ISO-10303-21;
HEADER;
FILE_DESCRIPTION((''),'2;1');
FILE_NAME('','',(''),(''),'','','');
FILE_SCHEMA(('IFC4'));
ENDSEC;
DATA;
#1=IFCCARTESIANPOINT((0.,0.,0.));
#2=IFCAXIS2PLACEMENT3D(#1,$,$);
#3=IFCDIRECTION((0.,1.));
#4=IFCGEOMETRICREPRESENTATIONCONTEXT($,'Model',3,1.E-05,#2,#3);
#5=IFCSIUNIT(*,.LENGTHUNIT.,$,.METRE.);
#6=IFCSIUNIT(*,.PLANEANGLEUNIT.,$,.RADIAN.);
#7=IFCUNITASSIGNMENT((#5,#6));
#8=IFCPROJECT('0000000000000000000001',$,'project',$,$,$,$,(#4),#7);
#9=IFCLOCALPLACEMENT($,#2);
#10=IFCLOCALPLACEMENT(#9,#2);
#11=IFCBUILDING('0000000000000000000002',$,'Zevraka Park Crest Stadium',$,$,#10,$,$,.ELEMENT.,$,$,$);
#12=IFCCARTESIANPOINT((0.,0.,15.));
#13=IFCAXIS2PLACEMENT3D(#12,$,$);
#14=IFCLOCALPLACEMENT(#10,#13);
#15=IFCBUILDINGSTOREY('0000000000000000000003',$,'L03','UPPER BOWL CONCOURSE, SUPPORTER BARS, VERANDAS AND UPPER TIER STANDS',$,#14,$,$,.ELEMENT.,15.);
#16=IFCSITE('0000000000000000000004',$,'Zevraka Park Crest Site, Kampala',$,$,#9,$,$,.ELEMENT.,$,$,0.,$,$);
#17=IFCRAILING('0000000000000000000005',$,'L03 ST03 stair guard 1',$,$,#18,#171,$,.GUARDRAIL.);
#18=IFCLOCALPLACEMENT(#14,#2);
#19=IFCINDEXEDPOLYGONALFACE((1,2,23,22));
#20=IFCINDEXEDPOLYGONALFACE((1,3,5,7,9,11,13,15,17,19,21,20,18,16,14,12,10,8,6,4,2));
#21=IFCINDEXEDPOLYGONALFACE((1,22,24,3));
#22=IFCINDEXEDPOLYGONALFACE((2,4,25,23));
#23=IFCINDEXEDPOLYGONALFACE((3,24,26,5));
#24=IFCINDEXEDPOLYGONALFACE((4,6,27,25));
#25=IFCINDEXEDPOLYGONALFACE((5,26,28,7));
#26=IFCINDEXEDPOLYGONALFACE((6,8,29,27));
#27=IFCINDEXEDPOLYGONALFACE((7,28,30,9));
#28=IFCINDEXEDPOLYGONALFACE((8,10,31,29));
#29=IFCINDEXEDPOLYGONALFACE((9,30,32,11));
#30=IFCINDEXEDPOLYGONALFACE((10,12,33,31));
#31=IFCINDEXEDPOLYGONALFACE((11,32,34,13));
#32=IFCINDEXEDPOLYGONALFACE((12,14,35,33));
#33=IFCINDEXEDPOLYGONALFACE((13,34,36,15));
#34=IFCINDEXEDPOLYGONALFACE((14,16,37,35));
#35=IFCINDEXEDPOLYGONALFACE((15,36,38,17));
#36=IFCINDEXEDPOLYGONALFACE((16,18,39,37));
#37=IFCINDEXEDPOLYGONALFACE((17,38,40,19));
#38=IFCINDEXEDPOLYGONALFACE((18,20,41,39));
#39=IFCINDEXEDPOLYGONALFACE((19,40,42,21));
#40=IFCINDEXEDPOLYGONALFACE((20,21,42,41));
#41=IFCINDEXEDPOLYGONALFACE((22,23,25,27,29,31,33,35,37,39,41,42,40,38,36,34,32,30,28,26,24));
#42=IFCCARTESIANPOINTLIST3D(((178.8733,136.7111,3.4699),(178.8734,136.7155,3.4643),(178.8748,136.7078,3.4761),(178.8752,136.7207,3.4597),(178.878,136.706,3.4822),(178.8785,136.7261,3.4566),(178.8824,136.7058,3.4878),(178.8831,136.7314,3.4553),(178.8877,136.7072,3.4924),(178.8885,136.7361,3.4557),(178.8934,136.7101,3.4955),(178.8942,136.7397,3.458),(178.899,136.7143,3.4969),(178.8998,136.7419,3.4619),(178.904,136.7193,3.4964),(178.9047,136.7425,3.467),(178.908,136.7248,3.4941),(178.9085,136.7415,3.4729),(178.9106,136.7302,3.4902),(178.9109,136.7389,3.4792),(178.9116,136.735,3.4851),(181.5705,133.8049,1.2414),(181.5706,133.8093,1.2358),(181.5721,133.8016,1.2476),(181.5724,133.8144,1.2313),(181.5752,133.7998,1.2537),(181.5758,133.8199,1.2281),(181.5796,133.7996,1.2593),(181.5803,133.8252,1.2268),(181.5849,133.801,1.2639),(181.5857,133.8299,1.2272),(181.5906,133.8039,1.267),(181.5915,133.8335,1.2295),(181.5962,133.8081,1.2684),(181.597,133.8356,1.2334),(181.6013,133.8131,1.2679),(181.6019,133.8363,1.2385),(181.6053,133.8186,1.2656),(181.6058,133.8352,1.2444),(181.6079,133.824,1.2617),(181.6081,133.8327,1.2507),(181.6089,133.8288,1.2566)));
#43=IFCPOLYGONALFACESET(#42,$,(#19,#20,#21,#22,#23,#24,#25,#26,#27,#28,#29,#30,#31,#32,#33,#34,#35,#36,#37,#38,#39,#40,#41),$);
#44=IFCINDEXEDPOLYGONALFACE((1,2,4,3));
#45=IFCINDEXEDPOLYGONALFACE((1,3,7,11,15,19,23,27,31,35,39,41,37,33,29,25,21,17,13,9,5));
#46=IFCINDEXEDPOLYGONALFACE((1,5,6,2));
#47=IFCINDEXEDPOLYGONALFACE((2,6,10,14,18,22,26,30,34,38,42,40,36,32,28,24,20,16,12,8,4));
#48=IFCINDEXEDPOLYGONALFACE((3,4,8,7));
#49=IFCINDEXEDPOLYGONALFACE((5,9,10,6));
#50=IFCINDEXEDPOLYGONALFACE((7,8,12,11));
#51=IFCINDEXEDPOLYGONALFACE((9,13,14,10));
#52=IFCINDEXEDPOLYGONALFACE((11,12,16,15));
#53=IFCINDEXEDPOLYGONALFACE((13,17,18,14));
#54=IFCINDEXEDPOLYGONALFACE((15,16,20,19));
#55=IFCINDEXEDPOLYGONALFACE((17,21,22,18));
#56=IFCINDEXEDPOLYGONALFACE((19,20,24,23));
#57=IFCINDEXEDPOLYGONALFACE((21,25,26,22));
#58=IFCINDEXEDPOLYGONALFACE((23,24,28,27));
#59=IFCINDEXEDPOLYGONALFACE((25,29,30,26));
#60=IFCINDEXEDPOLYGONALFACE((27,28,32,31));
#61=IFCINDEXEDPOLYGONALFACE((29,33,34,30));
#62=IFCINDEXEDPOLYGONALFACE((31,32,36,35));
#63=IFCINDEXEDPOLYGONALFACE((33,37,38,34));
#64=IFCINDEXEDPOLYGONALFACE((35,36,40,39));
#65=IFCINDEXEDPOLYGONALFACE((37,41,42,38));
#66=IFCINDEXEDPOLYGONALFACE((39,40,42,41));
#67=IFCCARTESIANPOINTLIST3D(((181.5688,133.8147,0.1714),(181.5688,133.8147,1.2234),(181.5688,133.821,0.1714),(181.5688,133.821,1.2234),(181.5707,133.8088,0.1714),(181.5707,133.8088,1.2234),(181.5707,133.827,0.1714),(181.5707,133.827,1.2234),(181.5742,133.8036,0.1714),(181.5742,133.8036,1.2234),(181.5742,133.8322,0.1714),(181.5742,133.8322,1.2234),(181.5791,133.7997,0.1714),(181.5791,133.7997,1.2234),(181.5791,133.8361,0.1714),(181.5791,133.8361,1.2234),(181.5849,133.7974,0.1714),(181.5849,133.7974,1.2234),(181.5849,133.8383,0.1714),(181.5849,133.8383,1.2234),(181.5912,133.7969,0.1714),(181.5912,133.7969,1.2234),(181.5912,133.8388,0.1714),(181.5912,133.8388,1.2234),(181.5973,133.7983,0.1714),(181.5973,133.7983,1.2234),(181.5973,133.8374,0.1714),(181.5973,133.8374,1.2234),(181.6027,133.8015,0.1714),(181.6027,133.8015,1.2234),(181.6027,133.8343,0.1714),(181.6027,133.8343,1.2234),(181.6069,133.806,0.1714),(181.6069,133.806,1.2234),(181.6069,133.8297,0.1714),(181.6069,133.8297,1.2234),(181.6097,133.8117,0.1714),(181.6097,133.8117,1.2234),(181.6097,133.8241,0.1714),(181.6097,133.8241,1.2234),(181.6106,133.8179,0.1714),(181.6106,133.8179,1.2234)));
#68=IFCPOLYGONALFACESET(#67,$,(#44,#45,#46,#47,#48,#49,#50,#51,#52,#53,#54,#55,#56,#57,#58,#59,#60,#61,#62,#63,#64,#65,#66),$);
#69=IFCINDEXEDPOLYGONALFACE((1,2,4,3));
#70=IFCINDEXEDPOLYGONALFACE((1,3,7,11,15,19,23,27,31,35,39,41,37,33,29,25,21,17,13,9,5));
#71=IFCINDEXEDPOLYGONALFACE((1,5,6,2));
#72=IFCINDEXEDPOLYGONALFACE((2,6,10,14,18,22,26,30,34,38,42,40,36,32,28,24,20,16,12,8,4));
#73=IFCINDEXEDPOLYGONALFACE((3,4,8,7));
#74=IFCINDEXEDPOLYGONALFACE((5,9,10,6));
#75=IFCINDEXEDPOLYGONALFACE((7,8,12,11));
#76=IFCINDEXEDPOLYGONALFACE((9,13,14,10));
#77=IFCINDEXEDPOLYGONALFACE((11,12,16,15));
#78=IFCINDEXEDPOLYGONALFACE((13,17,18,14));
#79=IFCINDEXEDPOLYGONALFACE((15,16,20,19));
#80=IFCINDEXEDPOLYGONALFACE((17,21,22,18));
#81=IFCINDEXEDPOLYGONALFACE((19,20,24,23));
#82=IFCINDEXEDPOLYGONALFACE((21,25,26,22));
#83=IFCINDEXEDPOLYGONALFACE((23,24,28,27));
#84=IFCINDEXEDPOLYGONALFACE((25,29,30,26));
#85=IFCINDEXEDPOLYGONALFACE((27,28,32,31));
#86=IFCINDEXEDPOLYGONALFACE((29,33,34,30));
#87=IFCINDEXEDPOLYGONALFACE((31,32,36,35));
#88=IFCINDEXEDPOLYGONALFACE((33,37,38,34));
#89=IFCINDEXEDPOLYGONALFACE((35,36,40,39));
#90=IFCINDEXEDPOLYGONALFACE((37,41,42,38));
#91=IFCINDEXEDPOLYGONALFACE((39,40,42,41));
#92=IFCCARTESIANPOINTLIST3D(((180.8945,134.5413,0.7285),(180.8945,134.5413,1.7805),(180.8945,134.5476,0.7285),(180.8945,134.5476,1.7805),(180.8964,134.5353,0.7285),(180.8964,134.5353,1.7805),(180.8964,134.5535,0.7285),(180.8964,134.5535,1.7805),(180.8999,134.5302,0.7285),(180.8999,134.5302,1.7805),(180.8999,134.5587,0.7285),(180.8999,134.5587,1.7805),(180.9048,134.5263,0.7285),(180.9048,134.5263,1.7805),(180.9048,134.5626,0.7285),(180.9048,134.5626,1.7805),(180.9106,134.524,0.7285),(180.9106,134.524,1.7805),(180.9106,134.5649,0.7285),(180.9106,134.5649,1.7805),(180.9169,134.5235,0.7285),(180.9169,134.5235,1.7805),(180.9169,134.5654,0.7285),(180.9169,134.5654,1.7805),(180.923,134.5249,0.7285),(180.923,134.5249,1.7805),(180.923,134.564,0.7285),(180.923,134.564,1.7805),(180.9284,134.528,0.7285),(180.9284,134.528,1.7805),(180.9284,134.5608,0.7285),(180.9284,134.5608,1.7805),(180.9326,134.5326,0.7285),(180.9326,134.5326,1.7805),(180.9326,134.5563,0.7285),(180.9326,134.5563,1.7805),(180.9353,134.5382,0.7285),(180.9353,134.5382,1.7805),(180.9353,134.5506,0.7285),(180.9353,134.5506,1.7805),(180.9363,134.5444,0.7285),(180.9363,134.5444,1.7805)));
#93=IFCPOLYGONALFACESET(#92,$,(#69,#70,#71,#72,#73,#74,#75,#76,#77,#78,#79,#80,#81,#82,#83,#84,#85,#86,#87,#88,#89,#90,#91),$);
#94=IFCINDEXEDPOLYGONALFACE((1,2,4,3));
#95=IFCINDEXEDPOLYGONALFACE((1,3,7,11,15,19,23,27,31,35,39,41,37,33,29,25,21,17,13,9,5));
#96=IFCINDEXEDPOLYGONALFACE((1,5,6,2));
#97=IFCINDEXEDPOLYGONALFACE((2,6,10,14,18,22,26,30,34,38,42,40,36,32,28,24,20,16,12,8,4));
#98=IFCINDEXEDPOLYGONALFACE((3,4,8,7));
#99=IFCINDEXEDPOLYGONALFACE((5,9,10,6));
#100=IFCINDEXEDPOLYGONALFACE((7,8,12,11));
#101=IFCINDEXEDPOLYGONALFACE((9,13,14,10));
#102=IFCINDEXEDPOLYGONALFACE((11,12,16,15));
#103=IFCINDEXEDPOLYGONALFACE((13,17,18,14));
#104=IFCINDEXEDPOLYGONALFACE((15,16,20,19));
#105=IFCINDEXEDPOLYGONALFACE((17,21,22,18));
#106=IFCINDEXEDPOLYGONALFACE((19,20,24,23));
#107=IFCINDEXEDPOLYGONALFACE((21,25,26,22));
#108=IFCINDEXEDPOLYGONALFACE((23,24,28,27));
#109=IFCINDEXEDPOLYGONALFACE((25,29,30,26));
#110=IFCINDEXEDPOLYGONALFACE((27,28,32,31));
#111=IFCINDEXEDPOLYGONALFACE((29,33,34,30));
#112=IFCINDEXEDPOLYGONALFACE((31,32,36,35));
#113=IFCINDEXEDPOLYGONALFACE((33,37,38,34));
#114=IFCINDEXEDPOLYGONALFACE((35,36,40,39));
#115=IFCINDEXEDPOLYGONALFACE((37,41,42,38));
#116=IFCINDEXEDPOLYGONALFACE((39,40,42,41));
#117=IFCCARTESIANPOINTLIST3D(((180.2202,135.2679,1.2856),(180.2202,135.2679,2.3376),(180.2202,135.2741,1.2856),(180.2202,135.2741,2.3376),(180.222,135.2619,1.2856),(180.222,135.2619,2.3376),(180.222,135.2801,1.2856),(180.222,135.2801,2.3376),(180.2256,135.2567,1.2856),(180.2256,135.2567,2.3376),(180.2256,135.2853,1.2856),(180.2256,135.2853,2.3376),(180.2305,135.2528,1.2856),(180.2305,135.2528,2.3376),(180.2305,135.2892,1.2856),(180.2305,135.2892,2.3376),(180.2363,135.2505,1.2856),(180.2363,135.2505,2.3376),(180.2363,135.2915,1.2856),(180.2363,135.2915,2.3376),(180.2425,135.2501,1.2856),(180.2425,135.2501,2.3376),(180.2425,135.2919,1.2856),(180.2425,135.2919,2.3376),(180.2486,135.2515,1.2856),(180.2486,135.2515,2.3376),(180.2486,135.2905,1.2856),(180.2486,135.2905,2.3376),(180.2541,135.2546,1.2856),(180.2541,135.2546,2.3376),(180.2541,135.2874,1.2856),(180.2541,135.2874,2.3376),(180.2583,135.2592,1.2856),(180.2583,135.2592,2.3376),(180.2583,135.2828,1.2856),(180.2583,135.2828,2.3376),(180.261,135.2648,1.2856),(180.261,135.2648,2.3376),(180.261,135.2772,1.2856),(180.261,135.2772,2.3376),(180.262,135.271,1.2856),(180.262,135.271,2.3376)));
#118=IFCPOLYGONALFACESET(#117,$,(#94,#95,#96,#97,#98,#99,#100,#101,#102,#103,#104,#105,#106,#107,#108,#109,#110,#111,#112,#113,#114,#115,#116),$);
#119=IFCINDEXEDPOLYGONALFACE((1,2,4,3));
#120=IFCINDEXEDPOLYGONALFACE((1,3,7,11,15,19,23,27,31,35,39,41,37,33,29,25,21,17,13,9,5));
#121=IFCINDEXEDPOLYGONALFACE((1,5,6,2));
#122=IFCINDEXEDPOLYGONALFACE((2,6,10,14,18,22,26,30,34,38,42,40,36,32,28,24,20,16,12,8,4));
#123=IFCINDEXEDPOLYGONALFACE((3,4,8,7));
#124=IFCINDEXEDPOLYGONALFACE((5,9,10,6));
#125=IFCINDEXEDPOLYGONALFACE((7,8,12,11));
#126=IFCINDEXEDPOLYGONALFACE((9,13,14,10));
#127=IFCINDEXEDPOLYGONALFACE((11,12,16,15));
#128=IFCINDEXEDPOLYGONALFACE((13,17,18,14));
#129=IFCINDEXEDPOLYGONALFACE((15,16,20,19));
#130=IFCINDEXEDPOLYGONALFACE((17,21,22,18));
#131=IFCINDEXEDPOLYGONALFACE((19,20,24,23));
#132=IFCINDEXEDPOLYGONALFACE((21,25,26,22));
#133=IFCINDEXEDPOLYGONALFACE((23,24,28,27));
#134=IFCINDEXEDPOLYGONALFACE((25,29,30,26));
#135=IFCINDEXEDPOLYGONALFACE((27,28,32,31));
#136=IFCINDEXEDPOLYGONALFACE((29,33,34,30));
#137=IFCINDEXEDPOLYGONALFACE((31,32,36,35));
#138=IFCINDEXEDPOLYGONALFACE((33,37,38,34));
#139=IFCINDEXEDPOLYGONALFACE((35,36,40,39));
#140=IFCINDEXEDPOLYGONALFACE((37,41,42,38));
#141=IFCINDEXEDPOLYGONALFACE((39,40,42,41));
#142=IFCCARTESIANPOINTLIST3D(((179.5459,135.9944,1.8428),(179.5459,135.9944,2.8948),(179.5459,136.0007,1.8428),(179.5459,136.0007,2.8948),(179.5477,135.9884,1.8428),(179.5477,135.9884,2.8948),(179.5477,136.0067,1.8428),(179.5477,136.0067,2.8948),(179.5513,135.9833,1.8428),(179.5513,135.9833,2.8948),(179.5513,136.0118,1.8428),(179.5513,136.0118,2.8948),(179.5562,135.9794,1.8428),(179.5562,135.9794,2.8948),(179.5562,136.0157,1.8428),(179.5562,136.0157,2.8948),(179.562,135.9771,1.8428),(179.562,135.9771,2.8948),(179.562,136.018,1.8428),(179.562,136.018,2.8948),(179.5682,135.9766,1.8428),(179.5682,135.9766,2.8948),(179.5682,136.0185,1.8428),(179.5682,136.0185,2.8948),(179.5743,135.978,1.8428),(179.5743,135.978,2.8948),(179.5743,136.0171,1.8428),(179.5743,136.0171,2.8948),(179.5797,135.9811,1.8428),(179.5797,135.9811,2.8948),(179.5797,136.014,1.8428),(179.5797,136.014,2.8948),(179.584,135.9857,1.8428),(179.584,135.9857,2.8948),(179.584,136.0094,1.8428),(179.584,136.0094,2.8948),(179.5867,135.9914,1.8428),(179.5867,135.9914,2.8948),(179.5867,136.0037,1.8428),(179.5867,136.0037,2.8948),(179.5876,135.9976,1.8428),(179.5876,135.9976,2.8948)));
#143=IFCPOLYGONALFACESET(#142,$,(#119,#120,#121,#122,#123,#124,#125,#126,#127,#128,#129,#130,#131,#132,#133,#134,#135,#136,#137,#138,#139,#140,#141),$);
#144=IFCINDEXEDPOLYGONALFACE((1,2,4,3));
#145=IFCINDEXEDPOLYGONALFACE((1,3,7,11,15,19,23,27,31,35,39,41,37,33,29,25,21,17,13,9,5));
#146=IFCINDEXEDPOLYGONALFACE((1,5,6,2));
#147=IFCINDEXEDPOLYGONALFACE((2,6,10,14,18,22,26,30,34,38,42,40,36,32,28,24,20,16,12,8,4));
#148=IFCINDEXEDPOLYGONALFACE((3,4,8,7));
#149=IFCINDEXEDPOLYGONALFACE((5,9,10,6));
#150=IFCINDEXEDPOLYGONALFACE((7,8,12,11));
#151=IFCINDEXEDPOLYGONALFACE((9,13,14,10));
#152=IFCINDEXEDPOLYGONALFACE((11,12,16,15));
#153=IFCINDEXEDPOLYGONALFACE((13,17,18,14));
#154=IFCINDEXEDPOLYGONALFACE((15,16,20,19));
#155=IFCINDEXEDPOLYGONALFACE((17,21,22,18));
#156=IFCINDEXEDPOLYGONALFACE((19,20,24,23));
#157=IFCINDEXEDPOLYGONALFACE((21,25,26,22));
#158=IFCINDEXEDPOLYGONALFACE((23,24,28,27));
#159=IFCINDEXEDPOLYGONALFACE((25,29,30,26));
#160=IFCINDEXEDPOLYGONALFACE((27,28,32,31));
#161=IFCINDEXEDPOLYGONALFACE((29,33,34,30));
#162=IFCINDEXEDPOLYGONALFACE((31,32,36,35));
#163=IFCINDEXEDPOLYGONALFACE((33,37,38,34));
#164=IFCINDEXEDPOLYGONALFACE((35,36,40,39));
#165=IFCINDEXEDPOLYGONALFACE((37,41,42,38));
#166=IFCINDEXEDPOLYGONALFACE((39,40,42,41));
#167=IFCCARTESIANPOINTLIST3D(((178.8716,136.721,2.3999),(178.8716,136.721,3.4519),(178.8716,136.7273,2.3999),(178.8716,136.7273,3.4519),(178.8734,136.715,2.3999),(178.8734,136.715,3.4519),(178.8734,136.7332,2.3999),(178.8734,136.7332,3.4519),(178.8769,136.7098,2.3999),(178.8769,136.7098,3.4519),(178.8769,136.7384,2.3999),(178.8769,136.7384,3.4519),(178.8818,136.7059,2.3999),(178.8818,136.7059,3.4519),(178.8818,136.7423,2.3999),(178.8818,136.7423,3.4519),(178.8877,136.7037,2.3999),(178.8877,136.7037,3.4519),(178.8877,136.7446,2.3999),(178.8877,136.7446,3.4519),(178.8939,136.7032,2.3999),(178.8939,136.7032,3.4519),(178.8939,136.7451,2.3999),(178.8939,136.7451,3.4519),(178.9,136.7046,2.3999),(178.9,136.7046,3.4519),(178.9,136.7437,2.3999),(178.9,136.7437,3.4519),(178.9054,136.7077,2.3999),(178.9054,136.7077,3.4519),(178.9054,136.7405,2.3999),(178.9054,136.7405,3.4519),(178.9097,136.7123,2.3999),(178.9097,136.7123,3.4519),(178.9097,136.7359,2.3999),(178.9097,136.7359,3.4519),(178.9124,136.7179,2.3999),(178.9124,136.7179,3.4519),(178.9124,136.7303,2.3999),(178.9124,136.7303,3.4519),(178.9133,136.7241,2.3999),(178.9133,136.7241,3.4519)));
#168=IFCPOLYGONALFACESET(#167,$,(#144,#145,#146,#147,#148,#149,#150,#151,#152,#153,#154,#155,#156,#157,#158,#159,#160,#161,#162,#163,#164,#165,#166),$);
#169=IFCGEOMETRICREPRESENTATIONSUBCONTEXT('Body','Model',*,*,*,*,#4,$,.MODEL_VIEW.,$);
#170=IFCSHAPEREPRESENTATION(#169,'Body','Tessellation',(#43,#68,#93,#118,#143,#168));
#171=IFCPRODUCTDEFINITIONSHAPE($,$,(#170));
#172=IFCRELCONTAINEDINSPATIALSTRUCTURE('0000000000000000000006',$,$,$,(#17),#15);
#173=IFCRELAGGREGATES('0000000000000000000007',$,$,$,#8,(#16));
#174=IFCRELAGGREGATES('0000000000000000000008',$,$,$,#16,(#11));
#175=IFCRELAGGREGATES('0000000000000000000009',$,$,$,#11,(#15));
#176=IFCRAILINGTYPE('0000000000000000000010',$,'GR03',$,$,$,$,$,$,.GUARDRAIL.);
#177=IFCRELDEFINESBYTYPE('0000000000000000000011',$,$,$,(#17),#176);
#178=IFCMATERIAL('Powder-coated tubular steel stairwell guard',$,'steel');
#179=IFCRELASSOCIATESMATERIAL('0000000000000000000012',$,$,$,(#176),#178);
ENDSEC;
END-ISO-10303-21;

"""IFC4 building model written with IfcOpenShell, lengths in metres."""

from ifc_helpers import new_model, si_unit, direction, frame, origin, origin_2d, place, context, subcontext, project, spatial, circle, extrude, material, type_object, element, save


model = new_model("IFC4")

# Units and contexts
model_context = context("Model", 3, precision=1e-05, world=origin(), true_north=direction((0.0, 1.0)))
body_context = subcontext(model_context, "Body", "Model", "MODEL_VIEW")
ifc_project = project(units=[si_unit("LENGTHUNIT", "METRE"), si_unit("PLANEANGLEUNIT", "RADIAN")], contexts=[model_context])

# Site, building, storey
site_placement = place(None, origin())
site = spatial("IfcSite", under=ifc_project, at=site_placement, Name="Zevraka Park Crest Site, Kampala", CompositionType="ELEMENT", RefElevation=0.0)
building_placement = place(site_placement, origin())
building = spatial("IfcBuilding", under=site, at=building_placement, Name="Zevraka Park Crest Stadium", CompositionType="ELEMENT")
storey_placement = place(building_placement, frame((0.0, 0.0, 15.0)))
storey = spatial("IfcBuildingStorey", under=building, at=storey_placement, Name="L03", Description="UPPER BOWL CONCOURSE, SUPPORTER BARS, VERANDAS AND UPPER TIER STANDS", CompositionType="ELEMENT", Elevation=15.0)

# Railing
ifc_material_1 = material(Name="Powder-coated tubular steel stairwell guard", Category="steel")
railing_type_1 = type_object("IfcRailingType", Name="GR03", PredefinedType="GUARDRAIL", material=ifc_material_1)
railing_1_placement = place(storey_placement, frame((181.5896, 133.8179, 0.1714)))
element("IfcRailing", 1, at=railing_1_placement, inside=storey, type_object=railing_type_1, Name="L03 ST03 stair guard 1", PredefinedType="GUARDRAIL", context=body_context, shape_type="SweptSolid", body=[
    extrude(circle(Radius=0.0239, at=origin_2d()), frame((0.0, 0.0, 1.0762), z_axis=(-0.593016, 0.638963, 0.489957), x_axis=(-0.732969, -0.680262, 0.0)), (0.0, 0.0, 1.0), 4.5483),
    extrude(circle(Radius=0.021, at=origin_2d()), origin(), (0.0, 0.0, 1.0), 1.052),
    extrude(circle(Radius=0.021, at=origin_2d()), frame((-0.6743, 0.7266, 0.5571)), (0.0, 0.0, 1.0), 1.052),
    extrude(circle(Radius=0.021, at=origin_2d()), frame((-1.3486, 1.4531, 1.1143)), (0.0, 0.0, 1.0), 1.052),
    extrude(circle(Radius=0.021, at=origin_2d()), frame((-2.0229, 2.1797, 1.6714)), (0.0, 0.0, 1.0), 1.052),
    extrude(circle(Radius=0.021, at=origin_2d()), frame((-2.6973, 2.9062, 2.2285)), (0.0, 0.0, 1.0), 1.052),
])

save(model, "model.ifc")
